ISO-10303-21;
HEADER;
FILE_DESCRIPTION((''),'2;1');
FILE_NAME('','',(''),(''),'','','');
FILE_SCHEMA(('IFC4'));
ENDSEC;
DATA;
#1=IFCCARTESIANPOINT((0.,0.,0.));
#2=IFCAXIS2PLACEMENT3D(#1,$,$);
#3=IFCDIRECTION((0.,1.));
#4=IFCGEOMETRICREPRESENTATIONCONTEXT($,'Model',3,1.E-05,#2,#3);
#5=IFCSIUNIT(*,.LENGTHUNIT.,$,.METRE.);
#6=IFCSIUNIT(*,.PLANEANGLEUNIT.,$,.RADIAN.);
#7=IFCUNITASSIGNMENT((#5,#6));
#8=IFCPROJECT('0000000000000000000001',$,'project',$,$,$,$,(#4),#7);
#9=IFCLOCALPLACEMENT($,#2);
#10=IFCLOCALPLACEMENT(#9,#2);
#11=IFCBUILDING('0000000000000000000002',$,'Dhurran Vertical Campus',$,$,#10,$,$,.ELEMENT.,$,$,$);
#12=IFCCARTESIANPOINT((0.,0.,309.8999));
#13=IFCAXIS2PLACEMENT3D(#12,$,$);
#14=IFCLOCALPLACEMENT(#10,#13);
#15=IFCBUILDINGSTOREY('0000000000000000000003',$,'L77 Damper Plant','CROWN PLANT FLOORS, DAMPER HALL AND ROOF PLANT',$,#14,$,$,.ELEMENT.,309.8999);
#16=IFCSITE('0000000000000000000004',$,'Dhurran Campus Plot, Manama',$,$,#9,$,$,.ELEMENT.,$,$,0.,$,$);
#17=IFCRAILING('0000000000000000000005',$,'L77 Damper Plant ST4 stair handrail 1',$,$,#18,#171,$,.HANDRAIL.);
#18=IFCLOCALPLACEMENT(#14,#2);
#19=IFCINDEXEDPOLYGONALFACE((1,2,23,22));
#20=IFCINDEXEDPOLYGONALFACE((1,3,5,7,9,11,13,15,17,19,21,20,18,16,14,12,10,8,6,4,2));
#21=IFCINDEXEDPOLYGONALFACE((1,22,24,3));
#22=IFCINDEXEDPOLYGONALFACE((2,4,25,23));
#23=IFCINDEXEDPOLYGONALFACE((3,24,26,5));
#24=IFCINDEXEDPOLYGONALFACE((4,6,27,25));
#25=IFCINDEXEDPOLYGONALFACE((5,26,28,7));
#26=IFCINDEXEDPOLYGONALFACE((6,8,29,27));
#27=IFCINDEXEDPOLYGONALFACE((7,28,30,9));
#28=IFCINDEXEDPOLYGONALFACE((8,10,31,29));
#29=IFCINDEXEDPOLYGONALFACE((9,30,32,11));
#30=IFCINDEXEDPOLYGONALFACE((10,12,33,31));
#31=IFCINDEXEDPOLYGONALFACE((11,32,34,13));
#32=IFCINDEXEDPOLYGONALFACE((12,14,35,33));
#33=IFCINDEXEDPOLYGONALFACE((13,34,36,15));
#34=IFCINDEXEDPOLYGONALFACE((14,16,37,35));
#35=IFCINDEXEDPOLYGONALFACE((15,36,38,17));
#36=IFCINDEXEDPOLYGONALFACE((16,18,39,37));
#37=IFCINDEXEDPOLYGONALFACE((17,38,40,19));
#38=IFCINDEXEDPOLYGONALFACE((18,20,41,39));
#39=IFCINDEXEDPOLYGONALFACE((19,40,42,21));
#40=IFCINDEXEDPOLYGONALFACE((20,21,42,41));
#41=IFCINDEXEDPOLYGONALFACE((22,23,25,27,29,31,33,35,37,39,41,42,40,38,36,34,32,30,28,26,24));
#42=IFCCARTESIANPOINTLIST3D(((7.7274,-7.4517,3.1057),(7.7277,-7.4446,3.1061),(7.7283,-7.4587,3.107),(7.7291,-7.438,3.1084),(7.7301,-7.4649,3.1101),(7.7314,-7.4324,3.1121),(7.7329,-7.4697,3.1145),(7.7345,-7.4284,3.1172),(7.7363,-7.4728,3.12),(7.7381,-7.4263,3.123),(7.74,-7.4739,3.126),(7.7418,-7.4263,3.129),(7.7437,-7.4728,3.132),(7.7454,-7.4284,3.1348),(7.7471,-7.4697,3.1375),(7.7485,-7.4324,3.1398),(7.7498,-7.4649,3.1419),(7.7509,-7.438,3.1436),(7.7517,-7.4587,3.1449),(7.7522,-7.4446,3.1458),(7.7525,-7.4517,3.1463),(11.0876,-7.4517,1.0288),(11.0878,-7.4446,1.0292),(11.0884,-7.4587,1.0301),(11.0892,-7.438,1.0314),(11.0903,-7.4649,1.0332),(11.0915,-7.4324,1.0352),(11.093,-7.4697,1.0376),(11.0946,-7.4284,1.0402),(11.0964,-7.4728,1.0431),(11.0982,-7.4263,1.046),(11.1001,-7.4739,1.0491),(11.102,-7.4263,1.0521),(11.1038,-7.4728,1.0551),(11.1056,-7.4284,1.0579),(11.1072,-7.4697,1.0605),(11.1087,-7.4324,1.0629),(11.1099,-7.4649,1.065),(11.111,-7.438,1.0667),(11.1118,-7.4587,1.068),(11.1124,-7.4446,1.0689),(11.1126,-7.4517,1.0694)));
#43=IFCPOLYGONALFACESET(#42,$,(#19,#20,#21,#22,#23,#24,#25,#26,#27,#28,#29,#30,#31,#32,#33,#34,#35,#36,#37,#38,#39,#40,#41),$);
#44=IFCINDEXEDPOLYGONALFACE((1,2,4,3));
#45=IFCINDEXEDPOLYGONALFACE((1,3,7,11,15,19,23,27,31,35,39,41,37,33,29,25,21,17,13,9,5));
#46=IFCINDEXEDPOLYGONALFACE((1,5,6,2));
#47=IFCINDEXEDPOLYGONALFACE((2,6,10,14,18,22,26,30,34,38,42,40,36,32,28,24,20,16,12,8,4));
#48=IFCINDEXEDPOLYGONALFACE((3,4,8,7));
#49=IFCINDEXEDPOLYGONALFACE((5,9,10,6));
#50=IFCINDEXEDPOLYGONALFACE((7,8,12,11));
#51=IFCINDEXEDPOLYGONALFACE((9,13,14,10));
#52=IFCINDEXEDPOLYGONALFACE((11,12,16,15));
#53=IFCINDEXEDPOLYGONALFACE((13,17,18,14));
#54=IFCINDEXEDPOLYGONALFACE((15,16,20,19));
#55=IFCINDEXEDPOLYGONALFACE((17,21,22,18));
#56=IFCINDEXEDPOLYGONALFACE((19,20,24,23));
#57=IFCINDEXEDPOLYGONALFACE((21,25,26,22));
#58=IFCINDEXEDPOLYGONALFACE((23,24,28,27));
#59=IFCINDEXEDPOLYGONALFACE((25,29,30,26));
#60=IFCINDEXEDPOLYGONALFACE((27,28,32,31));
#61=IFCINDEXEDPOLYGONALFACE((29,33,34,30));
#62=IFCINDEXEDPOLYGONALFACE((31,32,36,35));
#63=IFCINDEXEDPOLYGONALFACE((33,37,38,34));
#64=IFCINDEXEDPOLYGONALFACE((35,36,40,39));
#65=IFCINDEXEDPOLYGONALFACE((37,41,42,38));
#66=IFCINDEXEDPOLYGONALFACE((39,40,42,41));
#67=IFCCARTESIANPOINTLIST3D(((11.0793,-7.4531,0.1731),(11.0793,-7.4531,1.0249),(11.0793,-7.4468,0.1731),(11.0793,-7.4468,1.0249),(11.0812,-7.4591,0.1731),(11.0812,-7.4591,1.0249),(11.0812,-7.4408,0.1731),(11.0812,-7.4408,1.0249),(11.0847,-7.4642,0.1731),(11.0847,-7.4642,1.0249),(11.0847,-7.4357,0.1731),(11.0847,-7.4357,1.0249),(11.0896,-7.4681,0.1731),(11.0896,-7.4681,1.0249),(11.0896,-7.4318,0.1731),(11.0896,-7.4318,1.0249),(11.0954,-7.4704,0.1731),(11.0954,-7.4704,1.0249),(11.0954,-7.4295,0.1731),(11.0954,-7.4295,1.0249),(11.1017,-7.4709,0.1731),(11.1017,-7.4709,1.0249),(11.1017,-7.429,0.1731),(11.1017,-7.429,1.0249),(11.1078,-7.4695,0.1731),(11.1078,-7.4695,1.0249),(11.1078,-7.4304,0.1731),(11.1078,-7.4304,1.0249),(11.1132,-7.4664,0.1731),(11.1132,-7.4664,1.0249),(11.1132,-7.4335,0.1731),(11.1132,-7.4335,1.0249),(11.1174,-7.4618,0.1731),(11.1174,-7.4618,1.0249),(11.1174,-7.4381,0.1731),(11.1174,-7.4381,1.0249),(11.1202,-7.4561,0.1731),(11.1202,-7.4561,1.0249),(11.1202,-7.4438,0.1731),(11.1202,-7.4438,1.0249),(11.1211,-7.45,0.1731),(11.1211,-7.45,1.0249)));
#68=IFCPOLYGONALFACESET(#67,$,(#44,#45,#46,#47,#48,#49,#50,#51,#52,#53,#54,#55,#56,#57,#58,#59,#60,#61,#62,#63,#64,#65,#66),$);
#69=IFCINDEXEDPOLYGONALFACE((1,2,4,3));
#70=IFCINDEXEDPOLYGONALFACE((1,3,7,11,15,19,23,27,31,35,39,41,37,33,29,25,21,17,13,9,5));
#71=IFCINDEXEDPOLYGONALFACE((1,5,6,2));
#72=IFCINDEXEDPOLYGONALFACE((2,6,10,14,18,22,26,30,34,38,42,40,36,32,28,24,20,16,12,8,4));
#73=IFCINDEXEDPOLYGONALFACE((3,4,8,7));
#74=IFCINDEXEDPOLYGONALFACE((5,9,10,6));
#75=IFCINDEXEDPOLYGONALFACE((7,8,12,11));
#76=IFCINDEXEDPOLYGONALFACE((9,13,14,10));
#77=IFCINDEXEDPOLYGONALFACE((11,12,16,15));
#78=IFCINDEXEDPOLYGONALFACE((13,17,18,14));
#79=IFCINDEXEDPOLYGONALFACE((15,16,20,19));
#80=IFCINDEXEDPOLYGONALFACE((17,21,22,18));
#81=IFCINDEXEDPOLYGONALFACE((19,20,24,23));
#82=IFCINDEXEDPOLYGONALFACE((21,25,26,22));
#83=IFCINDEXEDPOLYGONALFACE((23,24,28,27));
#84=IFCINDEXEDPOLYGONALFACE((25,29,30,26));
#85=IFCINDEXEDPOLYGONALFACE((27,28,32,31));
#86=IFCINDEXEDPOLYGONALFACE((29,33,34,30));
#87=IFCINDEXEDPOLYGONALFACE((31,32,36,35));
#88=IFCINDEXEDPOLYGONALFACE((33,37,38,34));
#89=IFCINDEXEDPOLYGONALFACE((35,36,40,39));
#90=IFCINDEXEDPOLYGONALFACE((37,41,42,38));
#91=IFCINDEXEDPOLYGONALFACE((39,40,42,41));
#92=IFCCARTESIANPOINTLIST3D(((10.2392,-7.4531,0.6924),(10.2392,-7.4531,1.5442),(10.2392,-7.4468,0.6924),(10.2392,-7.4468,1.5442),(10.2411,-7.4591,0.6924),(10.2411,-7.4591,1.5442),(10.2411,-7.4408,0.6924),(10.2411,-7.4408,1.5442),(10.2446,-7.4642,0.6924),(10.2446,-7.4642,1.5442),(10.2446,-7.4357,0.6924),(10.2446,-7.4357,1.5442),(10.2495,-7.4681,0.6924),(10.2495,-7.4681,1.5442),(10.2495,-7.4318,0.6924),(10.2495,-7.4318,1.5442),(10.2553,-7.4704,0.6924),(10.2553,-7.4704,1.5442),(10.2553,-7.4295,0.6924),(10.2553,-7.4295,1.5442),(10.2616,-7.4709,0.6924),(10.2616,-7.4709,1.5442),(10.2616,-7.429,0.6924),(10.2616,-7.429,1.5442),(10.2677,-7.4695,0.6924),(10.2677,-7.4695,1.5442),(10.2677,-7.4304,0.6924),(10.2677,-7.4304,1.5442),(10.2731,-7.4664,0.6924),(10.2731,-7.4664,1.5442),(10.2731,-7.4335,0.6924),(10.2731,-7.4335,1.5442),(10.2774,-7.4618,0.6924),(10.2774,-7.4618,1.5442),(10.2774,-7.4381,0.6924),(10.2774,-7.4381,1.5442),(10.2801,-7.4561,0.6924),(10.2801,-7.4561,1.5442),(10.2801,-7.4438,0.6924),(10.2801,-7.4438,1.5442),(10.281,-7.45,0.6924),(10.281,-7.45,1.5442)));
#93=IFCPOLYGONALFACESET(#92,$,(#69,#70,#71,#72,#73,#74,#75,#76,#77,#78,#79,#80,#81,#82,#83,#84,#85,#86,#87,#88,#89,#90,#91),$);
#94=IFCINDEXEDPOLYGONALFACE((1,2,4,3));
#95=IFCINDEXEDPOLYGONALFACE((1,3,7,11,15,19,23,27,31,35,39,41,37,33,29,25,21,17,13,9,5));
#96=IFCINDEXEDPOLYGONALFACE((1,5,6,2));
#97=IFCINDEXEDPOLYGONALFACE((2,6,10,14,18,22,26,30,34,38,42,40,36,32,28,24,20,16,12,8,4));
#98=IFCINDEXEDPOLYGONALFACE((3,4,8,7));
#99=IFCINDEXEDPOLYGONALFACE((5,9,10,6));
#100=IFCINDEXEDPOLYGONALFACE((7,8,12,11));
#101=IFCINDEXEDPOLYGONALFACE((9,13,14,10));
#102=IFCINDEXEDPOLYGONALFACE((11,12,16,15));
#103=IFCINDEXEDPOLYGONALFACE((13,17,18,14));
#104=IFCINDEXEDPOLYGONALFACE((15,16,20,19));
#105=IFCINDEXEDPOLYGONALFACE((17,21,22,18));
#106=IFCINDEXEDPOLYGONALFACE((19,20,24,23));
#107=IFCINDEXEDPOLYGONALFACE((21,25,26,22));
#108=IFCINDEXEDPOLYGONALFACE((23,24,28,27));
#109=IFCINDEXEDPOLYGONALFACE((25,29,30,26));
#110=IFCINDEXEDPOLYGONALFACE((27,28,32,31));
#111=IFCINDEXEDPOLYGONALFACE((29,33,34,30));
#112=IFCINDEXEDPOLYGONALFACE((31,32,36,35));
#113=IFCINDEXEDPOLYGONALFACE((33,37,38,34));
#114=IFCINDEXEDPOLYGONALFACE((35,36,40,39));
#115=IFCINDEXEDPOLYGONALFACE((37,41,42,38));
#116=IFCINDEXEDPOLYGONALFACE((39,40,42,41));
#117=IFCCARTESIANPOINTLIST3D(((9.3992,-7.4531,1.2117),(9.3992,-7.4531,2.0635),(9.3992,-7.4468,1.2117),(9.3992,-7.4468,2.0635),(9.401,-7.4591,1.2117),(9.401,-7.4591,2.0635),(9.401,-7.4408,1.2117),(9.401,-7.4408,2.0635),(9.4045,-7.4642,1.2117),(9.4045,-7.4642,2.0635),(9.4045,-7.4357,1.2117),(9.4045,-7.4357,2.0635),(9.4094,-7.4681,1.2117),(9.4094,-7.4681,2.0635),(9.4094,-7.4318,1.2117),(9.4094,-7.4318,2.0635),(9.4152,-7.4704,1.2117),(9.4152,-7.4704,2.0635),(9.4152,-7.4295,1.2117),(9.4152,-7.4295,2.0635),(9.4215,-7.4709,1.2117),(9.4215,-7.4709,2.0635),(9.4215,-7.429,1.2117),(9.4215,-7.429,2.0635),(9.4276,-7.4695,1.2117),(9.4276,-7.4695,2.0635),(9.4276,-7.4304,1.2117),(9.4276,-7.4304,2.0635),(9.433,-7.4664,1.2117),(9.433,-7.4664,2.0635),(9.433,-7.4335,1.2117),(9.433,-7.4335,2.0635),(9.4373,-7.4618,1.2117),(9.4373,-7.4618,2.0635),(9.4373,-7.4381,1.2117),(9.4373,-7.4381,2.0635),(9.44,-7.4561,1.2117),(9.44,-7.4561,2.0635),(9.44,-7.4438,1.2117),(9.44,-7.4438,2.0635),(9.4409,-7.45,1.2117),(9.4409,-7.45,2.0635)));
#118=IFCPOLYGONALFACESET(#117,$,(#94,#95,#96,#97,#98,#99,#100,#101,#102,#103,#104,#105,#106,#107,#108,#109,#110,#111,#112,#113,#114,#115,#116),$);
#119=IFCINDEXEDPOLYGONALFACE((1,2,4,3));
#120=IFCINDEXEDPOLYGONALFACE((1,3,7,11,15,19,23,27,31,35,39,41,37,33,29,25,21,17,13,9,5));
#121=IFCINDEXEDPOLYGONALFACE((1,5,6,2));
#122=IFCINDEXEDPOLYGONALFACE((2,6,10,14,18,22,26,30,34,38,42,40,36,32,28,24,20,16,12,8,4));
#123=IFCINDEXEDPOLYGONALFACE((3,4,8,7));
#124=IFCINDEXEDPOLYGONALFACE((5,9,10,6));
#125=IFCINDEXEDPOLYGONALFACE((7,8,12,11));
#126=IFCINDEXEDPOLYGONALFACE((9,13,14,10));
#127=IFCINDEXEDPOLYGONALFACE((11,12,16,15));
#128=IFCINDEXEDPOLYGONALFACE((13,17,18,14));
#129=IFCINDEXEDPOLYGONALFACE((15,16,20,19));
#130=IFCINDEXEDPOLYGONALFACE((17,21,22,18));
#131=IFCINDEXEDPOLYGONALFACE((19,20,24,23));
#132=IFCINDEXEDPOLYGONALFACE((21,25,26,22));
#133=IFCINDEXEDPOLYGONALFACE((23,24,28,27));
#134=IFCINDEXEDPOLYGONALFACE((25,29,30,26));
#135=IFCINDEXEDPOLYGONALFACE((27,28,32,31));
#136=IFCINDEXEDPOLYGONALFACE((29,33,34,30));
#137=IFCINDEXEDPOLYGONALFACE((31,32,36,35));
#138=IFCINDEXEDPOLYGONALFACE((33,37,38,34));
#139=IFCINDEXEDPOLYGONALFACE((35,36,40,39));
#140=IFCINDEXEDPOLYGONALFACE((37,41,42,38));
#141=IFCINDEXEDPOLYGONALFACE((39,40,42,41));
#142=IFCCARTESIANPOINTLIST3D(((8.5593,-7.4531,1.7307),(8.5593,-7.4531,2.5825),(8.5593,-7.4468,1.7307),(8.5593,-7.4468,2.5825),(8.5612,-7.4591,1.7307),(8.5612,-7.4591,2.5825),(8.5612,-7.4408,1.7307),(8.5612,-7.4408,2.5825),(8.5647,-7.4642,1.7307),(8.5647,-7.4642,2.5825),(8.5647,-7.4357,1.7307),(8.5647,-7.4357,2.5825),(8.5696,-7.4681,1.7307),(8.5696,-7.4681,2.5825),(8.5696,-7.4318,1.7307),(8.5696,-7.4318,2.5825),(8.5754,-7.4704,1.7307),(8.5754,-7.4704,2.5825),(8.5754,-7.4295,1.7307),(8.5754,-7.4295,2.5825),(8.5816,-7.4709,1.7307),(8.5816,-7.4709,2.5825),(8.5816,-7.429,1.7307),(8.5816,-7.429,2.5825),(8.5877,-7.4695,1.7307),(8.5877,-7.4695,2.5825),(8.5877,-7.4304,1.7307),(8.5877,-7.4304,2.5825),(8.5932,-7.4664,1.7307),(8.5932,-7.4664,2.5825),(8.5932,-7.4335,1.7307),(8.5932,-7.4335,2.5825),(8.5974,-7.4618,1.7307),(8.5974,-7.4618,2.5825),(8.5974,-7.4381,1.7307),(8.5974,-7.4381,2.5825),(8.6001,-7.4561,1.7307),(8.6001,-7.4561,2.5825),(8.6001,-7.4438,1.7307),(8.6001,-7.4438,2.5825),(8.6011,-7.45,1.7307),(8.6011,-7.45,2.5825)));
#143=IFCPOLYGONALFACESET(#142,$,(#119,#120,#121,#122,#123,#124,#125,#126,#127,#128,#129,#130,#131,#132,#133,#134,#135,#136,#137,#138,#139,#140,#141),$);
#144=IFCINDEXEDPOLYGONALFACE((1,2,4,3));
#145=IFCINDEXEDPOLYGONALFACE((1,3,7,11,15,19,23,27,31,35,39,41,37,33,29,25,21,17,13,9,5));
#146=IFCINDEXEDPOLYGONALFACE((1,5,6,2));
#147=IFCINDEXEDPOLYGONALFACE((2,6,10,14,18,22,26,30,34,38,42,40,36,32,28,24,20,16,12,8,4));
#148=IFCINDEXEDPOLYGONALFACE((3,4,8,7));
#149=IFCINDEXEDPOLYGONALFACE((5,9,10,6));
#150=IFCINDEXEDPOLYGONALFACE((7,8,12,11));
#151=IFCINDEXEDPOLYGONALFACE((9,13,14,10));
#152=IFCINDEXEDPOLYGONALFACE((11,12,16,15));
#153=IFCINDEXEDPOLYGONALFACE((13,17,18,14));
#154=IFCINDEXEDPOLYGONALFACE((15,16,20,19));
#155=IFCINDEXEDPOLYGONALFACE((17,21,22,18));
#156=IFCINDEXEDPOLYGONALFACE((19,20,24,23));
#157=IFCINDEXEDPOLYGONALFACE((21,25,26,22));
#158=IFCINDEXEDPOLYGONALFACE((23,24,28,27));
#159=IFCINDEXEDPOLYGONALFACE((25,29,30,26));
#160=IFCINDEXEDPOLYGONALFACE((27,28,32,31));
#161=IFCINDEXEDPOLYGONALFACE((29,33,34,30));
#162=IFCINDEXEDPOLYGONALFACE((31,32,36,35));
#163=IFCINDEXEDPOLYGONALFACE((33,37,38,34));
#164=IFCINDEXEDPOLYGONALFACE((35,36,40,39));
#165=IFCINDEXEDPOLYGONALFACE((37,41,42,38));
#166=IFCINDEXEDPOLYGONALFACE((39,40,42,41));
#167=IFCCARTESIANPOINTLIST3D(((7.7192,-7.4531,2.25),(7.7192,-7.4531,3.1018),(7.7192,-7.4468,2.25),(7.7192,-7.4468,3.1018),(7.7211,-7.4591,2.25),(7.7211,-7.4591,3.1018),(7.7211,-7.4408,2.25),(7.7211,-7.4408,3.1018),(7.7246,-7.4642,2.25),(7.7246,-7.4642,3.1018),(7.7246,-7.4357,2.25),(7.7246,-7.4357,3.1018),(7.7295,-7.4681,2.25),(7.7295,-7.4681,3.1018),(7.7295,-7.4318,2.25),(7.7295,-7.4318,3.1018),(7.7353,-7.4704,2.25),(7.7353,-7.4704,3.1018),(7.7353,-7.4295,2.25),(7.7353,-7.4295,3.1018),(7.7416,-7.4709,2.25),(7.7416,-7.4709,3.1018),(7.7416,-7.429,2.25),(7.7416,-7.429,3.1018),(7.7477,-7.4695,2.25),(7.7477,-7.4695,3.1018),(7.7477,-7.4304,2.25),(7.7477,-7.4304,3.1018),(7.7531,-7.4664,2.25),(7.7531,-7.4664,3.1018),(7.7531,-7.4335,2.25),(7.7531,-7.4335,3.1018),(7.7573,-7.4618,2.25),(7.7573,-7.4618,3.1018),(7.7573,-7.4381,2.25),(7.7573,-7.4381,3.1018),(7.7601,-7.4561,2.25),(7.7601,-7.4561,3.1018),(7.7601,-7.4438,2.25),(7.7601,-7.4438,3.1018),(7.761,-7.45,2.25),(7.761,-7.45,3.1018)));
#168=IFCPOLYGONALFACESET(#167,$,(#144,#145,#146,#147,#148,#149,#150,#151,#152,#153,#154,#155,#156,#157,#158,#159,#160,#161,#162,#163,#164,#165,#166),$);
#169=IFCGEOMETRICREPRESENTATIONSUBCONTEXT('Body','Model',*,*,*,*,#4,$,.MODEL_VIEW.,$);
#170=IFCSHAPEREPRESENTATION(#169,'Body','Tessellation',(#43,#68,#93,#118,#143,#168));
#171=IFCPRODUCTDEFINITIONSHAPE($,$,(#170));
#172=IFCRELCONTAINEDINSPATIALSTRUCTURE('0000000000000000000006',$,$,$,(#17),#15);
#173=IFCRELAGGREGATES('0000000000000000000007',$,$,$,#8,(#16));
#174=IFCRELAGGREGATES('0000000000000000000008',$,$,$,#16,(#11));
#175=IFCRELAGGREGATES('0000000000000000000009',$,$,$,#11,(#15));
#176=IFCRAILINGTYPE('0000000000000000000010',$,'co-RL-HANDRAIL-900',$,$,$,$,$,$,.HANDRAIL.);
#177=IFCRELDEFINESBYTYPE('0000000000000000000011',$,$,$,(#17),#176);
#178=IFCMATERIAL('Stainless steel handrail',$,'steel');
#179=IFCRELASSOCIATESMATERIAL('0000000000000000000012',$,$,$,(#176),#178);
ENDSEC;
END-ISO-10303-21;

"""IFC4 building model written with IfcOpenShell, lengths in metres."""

from ifc_helpers import new_model, si_unit, direction, frame, origin, origin_2d, place, context, subcontext, project, spatial, circle, extrude, material, type_object, element, save


model = new_model("IFC4")

# Units and contexts
model_context = context("Model", 3, precision=1e-05, world=origin(), true_north=direction((0.0, 1.0)))
body_context = subcontext(model_context, "Body", "Model", "MODEL_VIEW")
ifc_project = project(units=[si_unit("LENGTHUNIT", "METRE"), si_unit("PLANEANGLEUNIT", "RADIAN")], contexts=[model_context])

# Site, building, storey
site_placement = place(None, origin())
site = spatial("IfcSite", under=ifc_project, at=site_placement, Name="Dhurran Campus Plot, Manama", CompositionType="ELEMENT", RefElevation=0.0)
building_placement = place(site_placement, origin())
building = spatial("IfcBuilding", under=site, at=building_placement, Name="Dhurran Vertical Campus", CompositionType="ELEMENT")
storey_placement = place(building_placement, frame((0.0, 0.0, 309.8999)))
storey = spatial("IfcBuildingStorey", under=building, at=storey_placement, Name="L77 Damper Plant", Description="CROWN PLANT FLOORS, DAMPER HALL AND ROOF PLANT", CompositionType="ELEMENT", Elevation=309.8999)

# Railing
ifc_material_1 = material(Name="Stainless steel handrail", Category="steel")
railing_type_1 = type_object("IfcRailingType", Name="co-RL-HANDRAIL-900", PredefinedType="HANDRAIL", material=ifc_material_1)
for number, where, name in (
    (1, (11.1001, -7.45, 0.1731), "L77 Damper Plant ST4 stair handrail 1"),
):
    element("IfcRailing", number, at=place(storey_placement, frame(where)), inside=storey, type_object=railing_type_1, Name=name, PredefinedType="HANDRAIL", context=body_context, shape_type="SweptSolid", body=[
        extrude(circle(Radius=0.0239, at=origin_2d()), frame((0.0, 0.0, 0.876), z_axis=(-0.850623, 0.0, 0.525776), x_axis=(0.0, -1.0, 0.0)), (0.0, 0.0, 1.0), 3.9502),
        extrude(circle(Radius=0.021, at=origin_2d()), origin(), (0.0, 0.0, 1.0), 0.8518),
        extrude(circle(Radius=0.021, at=origin_2d()), frame((-0.8401, 0.0, 0.5193)), (0.0, 0.0, 1.0), 0.8518),
        extrude(circle(Radius=0.021, at=origin_2d()), frame((-1.6802, 0.0, 1.0386)), (0.0, 0.0, 1.0), 0.8518),
        extrude(circle(Radius=0.021, at=origin_2d()), frame((-2.52, 0.0, 1.5576)), (0.0, 0.0, 1.0), 0.8518),
        extrude(circle(Radius=0.021, at=origin_2d()), frame((-3.3601, 0.0, 2.0769)), (0.0, 0.0, 1.0), 0.8518),
    ])

save(model, "model.ifc")
